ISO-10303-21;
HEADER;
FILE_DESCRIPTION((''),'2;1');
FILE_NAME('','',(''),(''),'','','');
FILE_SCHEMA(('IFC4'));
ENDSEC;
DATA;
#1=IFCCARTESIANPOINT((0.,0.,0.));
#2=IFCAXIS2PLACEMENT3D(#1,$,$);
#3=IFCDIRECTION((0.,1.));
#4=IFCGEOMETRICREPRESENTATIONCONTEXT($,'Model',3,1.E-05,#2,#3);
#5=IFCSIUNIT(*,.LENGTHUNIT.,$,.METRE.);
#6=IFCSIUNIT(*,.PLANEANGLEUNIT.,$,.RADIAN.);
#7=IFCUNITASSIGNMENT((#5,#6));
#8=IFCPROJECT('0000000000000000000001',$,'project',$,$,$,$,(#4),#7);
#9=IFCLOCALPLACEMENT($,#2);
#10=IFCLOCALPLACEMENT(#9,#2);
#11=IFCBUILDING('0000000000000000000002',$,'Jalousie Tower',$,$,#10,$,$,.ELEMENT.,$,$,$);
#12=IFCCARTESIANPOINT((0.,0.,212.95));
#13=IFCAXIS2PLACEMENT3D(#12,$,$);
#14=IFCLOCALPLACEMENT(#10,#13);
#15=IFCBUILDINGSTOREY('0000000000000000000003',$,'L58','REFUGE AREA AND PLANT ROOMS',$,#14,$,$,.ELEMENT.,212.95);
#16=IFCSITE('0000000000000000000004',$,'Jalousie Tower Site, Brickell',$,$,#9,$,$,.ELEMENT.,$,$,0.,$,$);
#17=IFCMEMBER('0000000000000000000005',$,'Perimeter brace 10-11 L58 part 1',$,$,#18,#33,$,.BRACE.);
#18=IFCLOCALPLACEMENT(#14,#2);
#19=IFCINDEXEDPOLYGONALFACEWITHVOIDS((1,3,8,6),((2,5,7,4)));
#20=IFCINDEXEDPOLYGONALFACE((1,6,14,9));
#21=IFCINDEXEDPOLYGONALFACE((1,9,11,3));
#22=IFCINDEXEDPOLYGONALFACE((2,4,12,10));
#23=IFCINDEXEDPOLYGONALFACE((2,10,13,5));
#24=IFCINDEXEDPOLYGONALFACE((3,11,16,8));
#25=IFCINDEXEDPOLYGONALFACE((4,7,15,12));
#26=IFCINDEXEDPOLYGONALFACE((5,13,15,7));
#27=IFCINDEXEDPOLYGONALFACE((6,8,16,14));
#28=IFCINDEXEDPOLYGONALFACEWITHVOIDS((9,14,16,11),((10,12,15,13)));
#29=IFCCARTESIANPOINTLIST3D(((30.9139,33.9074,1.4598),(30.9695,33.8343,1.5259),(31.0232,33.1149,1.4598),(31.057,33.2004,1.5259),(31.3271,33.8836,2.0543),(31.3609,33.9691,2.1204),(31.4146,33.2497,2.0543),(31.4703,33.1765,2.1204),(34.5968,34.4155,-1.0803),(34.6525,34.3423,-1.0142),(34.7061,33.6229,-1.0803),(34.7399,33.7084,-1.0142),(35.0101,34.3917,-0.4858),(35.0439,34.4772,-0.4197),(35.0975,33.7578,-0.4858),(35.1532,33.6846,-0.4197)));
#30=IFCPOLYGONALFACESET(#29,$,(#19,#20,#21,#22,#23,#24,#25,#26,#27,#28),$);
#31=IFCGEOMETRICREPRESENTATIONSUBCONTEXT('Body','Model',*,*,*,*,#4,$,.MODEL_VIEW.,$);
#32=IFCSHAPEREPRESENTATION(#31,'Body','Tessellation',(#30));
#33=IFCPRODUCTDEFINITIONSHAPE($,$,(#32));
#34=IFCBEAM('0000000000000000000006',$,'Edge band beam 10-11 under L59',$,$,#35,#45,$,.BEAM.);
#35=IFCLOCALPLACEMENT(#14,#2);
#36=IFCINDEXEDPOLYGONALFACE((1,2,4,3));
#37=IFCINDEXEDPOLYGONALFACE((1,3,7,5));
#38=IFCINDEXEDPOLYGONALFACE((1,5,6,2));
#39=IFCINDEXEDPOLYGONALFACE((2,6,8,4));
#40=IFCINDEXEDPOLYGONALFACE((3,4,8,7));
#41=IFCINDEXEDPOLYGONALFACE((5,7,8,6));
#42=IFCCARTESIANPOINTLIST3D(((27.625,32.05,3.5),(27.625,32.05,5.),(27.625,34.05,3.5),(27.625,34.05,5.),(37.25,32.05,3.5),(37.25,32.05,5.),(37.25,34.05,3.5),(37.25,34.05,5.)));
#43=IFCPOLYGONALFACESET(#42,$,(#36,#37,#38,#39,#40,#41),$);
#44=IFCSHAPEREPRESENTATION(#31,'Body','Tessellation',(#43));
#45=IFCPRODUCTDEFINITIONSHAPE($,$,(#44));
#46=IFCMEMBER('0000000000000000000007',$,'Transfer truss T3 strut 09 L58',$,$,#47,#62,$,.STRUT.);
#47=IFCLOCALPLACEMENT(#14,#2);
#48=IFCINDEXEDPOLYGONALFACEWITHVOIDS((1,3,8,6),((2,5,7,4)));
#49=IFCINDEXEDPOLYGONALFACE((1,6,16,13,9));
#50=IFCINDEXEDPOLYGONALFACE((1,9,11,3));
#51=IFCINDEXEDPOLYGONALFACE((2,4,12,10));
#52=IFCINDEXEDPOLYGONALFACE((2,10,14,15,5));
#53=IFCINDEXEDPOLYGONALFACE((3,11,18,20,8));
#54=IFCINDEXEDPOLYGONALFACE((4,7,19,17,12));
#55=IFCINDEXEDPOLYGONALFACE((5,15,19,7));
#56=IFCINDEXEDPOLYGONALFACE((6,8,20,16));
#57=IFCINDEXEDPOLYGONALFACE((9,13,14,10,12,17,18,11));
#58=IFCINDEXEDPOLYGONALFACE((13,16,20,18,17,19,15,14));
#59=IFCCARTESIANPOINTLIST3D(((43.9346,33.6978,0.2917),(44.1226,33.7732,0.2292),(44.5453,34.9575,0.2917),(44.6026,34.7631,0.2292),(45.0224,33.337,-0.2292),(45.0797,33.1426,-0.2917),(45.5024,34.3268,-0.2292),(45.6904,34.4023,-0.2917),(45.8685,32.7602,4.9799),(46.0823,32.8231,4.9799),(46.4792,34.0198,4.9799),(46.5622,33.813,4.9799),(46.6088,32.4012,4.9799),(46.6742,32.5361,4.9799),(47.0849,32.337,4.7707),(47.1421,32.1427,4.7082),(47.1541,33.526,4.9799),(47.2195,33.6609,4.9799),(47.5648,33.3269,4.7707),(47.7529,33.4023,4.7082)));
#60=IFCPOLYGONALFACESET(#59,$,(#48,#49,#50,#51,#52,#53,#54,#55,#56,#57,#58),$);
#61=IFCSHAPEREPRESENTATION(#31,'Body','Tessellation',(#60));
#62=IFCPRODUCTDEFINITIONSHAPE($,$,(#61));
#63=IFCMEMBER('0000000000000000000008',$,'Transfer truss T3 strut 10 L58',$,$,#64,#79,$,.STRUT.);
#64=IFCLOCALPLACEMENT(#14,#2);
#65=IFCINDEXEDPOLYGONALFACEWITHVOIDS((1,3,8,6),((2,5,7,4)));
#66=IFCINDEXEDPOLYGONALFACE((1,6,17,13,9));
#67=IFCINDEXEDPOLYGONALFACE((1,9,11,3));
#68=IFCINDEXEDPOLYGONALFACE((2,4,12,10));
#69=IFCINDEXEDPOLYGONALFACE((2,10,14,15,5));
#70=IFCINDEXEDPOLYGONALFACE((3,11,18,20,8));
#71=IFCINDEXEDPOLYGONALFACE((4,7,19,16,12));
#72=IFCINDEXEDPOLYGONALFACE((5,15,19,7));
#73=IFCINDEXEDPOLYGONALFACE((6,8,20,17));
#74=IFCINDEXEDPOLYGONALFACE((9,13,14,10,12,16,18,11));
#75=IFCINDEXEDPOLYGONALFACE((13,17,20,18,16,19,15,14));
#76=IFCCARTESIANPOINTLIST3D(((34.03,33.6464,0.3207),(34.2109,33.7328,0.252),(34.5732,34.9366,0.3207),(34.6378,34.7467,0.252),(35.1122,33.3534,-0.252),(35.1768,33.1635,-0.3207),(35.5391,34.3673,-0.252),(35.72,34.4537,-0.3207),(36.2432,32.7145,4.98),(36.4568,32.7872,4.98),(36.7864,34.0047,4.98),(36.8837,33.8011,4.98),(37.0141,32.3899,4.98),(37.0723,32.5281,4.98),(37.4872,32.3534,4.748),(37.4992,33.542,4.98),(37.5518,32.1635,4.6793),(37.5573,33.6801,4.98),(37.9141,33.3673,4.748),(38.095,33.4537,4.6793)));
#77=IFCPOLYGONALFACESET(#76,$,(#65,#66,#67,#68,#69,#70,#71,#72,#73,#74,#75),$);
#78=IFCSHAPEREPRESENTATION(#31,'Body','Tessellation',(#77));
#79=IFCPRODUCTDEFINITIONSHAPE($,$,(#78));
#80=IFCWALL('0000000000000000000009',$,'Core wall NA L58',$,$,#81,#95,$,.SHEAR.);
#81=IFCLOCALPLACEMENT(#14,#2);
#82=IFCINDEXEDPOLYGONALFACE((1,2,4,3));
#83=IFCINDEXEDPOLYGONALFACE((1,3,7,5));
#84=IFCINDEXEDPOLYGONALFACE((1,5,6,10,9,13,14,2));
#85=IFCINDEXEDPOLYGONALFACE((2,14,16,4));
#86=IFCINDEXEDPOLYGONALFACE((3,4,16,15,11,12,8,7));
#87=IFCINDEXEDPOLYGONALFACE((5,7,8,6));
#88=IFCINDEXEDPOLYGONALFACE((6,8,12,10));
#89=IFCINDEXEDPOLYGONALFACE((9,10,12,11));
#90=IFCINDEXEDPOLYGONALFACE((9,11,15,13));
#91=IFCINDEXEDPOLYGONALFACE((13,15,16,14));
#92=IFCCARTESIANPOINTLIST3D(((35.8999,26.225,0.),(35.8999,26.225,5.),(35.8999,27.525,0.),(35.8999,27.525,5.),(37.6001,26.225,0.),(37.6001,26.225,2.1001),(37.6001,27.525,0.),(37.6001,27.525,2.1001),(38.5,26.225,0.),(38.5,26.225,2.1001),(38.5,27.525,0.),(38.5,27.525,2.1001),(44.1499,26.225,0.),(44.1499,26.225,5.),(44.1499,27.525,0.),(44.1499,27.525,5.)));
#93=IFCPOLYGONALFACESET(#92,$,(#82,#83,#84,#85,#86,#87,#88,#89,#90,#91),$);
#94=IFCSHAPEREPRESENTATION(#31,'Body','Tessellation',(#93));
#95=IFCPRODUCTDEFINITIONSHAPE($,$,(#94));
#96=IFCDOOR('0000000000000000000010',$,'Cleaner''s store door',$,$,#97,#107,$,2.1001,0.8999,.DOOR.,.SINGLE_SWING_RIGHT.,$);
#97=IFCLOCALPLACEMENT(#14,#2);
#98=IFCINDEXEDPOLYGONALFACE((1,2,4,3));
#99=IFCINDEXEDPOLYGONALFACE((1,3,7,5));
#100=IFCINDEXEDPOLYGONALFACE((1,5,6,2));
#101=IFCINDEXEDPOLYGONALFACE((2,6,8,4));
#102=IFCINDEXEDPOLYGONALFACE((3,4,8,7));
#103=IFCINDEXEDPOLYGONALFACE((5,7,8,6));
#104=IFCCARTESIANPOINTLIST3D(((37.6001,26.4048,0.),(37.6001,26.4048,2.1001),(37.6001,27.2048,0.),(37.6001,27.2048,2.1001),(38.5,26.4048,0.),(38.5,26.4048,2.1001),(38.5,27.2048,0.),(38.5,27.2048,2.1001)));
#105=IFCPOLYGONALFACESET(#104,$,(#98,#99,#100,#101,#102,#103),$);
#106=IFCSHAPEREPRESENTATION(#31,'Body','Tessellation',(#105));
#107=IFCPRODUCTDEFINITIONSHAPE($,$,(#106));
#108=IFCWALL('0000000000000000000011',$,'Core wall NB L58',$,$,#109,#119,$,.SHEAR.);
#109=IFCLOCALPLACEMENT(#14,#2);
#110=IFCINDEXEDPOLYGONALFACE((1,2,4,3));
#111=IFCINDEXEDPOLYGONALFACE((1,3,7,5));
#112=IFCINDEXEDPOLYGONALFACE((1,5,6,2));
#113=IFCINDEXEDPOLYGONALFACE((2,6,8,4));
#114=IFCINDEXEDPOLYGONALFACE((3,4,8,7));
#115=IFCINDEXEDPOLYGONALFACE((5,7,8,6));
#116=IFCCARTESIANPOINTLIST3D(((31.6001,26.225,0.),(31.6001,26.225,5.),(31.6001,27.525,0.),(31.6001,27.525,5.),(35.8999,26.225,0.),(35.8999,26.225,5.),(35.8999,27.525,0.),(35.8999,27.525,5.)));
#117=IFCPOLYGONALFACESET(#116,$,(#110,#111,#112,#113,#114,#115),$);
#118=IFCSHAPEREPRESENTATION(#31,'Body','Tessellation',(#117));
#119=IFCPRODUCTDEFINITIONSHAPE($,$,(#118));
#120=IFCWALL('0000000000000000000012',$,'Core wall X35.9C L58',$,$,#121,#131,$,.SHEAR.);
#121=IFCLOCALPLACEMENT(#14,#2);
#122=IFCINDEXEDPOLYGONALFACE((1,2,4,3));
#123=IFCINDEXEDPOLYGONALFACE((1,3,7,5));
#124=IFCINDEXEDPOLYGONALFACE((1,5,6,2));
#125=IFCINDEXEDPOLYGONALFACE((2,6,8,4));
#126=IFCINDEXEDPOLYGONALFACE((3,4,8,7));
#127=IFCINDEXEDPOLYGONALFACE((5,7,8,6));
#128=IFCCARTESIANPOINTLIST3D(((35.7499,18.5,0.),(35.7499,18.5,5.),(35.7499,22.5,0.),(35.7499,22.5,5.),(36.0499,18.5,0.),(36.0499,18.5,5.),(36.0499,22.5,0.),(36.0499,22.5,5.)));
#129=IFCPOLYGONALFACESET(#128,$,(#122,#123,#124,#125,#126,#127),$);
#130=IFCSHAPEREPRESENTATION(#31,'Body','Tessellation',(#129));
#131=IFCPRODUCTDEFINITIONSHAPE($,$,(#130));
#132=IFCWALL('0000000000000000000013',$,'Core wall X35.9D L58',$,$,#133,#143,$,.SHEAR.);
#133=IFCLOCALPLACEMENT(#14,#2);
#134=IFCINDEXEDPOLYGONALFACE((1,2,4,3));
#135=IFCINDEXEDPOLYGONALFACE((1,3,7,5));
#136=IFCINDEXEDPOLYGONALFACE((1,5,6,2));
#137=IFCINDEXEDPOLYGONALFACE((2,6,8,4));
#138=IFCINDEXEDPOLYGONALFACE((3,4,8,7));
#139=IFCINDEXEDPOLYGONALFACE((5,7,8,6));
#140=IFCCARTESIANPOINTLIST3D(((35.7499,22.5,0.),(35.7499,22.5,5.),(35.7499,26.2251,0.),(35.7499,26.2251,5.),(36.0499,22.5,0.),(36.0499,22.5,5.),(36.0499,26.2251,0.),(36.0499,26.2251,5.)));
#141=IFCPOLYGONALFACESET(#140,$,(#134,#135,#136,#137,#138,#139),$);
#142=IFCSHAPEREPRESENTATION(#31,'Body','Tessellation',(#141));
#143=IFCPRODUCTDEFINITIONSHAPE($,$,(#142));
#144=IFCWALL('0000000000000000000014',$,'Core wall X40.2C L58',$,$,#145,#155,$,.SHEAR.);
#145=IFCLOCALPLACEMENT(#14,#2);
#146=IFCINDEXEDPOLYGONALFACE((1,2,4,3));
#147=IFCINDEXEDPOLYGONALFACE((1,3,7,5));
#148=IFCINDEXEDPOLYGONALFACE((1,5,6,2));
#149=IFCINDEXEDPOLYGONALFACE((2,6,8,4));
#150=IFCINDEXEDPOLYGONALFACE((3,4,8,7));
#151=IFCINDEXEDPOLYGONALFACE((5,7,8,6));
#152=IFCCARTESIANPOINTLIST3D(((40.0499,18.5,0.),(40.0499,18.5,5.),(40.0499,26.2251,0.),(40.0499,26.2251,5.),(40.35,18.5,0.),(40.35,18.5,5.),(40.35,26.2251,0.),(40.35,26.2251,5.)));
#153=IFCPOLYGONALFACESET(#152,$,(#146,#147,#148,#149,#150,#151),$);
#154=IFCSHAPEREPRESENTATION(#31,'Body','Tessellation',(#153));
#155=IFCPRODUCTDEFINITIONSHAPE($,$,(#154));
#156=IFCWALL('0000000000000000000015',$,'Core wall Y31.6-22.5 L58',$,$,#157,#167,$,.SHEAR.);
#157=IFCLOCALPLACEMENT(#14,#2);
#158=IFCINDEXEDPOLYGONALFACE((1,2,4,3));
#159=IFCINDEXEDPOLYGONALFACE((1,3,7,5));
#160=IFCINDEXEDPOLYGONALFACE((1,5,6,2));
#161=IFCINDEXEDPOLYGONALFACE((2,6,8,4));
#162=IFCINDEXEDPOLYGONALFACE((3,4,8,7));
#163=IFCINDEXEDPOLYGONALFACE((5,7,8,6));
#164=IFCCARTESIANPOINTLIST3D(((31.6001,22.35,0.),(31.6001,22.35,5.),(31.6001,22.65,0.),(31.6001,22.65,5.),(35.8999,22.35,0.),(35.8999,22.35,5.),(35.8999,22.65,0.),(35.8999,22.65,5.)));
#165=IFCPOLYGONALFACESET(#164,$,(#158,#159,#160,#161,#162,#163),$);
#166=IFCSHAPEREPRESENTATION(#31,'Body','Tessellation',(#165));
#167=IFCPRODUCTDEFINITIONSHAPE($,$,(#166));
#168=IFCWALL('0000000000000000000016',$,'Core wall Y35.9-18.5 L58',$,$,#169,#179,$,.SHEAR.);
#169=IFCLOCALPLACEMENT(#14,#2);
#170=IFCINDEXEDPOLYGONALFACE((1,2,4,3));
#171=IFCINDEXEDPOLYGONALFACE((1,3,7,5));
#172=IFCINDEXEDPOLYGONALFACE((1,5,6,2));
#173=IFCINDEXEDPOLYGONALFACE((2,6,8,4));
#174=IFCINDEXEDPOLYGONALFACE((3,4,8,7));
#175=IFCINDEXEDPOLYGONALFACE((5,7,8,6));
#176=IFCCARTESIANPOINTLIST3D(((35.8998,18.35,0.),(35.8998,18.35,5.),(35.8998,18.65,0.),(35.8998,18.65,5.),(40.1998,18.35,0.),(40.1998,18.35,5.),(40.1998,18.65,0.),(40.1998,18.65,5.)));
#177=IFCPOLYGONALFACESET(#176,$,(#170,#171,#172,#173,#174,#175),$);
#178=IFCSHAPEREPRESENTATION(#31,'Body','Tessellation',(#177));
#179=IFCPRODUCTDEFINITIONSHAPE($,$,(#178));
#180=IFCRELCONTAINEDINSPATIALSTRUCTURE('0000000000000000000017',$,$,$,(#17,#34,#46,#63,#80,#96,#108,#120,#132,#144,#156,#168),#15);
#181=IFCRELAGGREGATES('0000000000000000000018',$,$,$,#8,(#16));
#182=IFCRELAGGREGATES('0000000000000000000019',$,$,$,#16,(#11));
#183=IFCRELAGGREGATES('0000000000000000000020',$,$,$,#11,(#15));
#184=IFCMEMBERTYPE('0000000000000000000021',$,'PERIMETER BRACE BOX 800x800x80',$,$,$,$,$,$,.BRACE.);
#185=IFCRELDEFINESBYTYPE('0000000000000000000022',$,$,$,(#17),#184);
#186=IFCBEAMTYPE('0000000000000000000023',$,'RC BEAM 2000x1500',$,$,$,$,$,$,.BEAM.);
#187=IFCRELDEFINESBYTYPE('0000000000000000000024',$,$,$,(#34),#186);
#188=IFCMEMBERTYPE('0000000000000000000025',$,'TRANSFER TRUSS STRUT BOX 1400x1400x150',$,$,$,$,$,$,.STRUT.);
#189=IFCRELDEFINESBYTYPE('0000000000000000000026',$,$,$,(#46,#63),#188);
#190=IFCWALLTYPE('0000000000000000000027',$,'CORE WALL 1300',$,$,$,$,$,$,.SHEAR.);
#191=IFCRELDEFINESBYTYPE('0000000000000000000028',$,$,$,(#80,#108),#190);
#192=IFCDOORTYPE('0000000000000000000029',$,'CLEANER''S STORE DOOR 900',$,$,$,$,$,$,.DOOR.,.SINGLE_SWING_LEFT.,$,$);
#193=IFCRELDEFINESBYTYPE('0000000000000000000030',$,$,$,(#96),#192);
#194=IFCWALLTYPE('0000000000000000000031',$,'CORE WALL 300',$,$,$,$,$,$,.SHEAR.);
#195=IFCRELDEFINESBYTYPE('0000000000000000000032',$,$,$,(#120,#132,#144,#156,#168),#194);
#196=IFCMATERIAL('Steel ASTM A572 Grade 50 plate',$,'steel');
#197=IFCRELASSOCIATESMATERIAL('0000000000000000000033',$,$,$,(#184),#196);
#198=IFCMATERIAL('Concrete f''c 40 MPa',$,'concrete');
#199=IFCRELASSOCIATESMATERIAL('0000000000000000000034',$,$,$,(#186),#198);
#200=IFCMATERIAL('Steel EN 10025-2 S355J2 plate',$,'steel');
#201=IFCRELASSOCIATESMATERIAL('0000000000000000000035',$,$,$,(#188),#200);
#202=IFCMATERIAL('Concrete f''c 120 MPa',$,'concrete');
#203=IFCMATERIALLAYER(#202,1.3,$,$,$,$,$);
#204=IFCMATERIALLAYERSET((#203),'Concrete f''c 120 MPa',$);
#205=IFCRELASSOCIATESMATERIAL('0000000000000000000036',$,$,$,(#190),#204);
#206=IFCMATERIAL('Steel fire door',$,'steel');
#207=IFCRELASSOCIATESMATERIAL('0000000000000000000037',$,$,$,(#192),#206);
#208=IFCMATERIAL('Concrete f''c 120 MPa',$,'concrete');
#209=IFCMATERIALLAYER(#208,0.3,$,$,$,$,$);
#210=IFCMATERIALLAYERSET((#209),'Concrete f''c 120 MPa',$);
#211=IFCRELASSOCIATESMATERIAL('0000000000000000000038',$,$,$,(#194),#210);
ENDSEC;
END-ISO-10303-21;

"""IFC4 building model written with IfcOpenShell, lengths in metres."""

from ifc_helpers import new_model, si_unit, direction, frame, frame_2d, origin, origin_2d, place, context, subcontext, project, spatial, rectangle, hollow_rectangle, extrude, clip, halfspace, material, layer, layer_set, material_profile, profile_set, type_object, element, fill, save


model = new_model("IFC4")

# Units and contexts
model_context = context("Model", 3, precision=1e-05, world=origin(), true_north=direction((0.0, 1.0)))
body_context = subcontext(model_context, "Body", "Model", "MODEL_VIEW")
ifc_project = project(units=[si_unit("LENGTHUNIT", "METRE"), si_unit("PLANEANGLEUNIT", "RADIAN")], contexts=[model_context])

# Site, building, storey
site_placement = place(None, origin())
site = spatial("IfcSite", under=ifc_project, at=site_placement, Name="Jalousie Tower Site, Brickell", CompositionType="ELEMENT", RefElevation=0.0)
building_placement = place(site_placement, origin())
building = spatial("IfcBuilding", under=site, at=building_placement, Name="Jalousie Tower", CompositionType="ELEMENT")
storey_placement = place(building_placement, frame((0.0, 0.0, 212.95)))
storey = spatial("IfcBuildingStorey", under=building, at=storey_placement, Name="L58", Description="REFUGE AREA AND PLANT ROOMS", CompositionType="ELEMENT", Elevation=212.95)

# Member
ifc_material_1 = material(Name="Steel ASTM A572 Grade 50 plate", Category="steel")
ifc_material_profile_1 = material_profile(ifc_material_1, hollow_rectangle(XDim=0.8, YDim=0.8, WallThickness=0.0801, at=origin_2d()), Name="BOX 800x800x80")
ifc_profile_set_1 = profile_set([ifc_material_profile_1], Name="Steel ASTM A572 Grade 50 plate")
member_type_1 = type_object("IfcMemberType", Name="PERIMETER BRACE BOX 800x800x80", PredefinedType="BRACE", material=ifc_profile_set_1)
member_1_placement = place(storey_placement, frame((34.875, 34.05, -0.75), z_axis=(-0.817941, -0.112836, 0.564127), x_axis=(0.136657, -0.990618, 0.0)))
element("IfcMember", 1, at=member_1_placement, inside=storey, type_object=member_type_1, Name="Perimeter brace 10-11 L58 part 1", PredefinedType="BRACE", context=body_context, shape_type="SweptSolid", body=[
    extrude(hollow_rectangle(XDim=0.8, YDim=0.8, WallThickness=0.0801, at=origin_2d()), origin(), (0.0, 0.0, 1.0), 4.5027),
])

# Beam
ifc_material_2 = material(Name="Concrete f'c 40 MPa", Category="concrete")
ifc_material_profile_2 = material_profile(ifc_material_2, rectangle(XDim=2.0, YDim=1.5, at=origin_2d()), Name="RC 2000x1500")
ifc_profile_set_2 = profile_set([ifc_material_profile_2], Name="Concrete f'c 40 MPa")
beam_type_1 = type_object("IfcBeamType", Name="RC BEAM 2000x1500", PredefinedType="BEAM", material=ifc_profile_set_2)
beam_1_placement = place(storey_placement, frame((37.25, 33.05, 4.25), z_axis=(-1.0, 0.0, 0.0), x_axis=(0.0, -1.0, 0.0)))
element("IfcBeam", 2, at=beam_1_placement, inside=storey, type_object=beam_type_1, Name="Edge band beam 10-11 under L59", PredefinedType="BEAM", context=body_context, shape_type="SweptSolid", body=[
    extrude(rectangle(XDim=2.0, YDim=1.5, at=origin_2d()), origin(), (0.0, 0.0, 1.0), 9.625),
])

# Members
ifc_material_3 = material(Name="Steel EN 10025-2 S355J2 plate", Category="steel")
ifc_material_profile_3 = material_profile(ifc_material_3, hollow_rectangle(XDim=1.3999, YDim=1.3999, WallThickness=0.1499, at=origin_2d()), Name="BOX 1400x1400x150")
ifc_profile_set_3 = profile_set([ifc_material_profile_3], Name="Steel EN 10025-2 S355J2 plate")
member_type_2 = type_object("IfcMemberType", Name="TRANSFER TRUSS STRUT BOX 1400x1400x150", PredefinedType="STRUT", material=ifc_profile_set_3)
member_2_placement = place(storey_placement, frame((44.8125, 34.05, 0.0), z_axis=(0.374976, -0.181806, 0.909032), x_axis=(0.436274, 0.899814, 0.0)))
element("IfcMember", 3, at=member_2_placement, inside=storey, type_object=member_type_2, Name="Transfer truss T3 strut 09 L58", PredefinedType="STRUT", context=body_context, shape_type="Clipping", body=[
    clip(extrude(hollow_rectangle(XDim=1.3999, YDim=1.3999, WallThickness=0.1499, at=origin_2d()), origin(), (0.0, 0.0, 1.0), 5.5002), halfspace(frame((0.0, 0.0, 5.4783), z_axis=(0.0, 0.416726, 0.909032)), False)),
])
member_3_placement = place(storey_placement, frame((34.875, 34.05, 0.0), z_axis=(0.422222, -0.177778, 0.888889), x_axis=(0.388057, 0.921635, 0.0)))
element("IfcMember", 4, at=member_3_placement, inside=storey, type_object=member_type_2, Name="Transfer truss T3 strut 10 L58", PredefinedType="STRUT", context=body_context, shape_type="Clipping", body=[
    clip(extrude(hollow_rectangle(XDim=1.3999, YDim=1.3999, WallThickness=0.1499, at=origin_2d()), origin(), (0.0, 0.0, 1.0), 5.625), halfspace(frame((0.0, 0.0, 5.6025), z_axis=(0.0, 0.458123, 0.888889)), False)),
])

# Wall, opening, door
ifc_material_4 = material(Name="Concrete f'c 120 MPa", Category="concrete")
ifc_layer_1 = layer(ifc_material_4, 1.3)
ifc_layer_set_1 = layer_set([ifc_layer_1], Name="Concrete f'c 120 MPa")
wall_type_1 = type_object("IfcWallType", Name="CORE WALL 1300", PredefinedType="SHEAR", material=ifc_layer_set_1)
wall_1_placement = place(storey_placement, frame((44.1499, 26.875, 0.0), z_axis=(0.0, 0.0, 1.0), x_axis=(-1.0, 0.0, 0.0)))
wall_1 = element("IfcWall", 5, at=wall_1_placement, inside=storey, type_object=wall_type_1, Name="Core wall NA L58", PredefinedType="SHEAR", context=body_context, shape_type="SweptSolid", body=[
    extrude(rectangle(XDim=8.25, YDim=1.3, at=frame_2d((4.125, 0.0))), origin(), (0.0, 0.0, 1.0), 5.0),
])
opening_1_placement = place(wall_1_placement, frame((5.6499, 0.0, 0.0)))
opening_1 = element("IfcOpeningElement", 6, at=opening_1_placement, cuts=wall_1, PredefinedType="OPENING", context=body_context, shape_type="SweptSolid", body=[
    extrude(rectangle(XDim=0.8999, YDim=2.1001, at=frame_2d((0.45, 1.05))), frame((0.0, 0.6599, 0.0), z_axis=(0.0, -1.0, 0.0), x_axis=(1.0, 0.0, 0.0)), (0.0, 0.0, 1.0), 1.3201),
])
ifc_material_5 = material(Name="Steel fire door", Category="steel")
door_type_1 = type_object("IfcDoorType", Name="CLEANER'S STORE DOOR 900", OperationType="SINGLE_SWING_LEFT", PredefinedType="DOOR", material=ifc_material_5)
door_1_placement = place(opening_1_placement, origin())
door_1 = element("IfcDoor", 7, at=door_1_placement, inside=storey, type_object=door_type_1, Name="Cleaner's store door", OperationType="SINGLE_SWING_RIGHT", OverallHeight=2.1001, OverallWidth=0.8999, PredefinedType="DOOR", context=body_context, shape_type="SweptSolid", body=[
    extrude(rectangle(XDim=0.8999, YDim=2.1001, at=frame_2d((0.45, 1.05))), frame((0.0, 0.4702, 0.0), z_axis=(0.0, -1.0, 0.0), x_axis=(1.0, 0.0, 0.0)), (0.0, 0.0, 1.0), 0.8),
])
fill(opening_1, door_1)

# Walls
wall_2_placement = place(storey_placement, frame((35.8999, 26.875, 0.0), z_axis=(0.0, 0.0, 1.0), x_axis=(-1.0, 0.0, 0.0)))
element("IfcWall", 8, at=wall_2_placement, inside=storey, type_object=wall_type_1, Name="Core wall NB L58", PredefinedType="SHEAR", context=body_context, shape_type="SweptSolid", body=[
    extrude(rectangle(XDim=4.2998, YDim=1.3, at=frame_2d((2.1499, 0.0))), origin(), (0.0, 0.0, 1.0), 5.0),
])
ifc_material_6 = material(Name="Concrete f'c 120 MPa", Category="concrete")
ifc_layer_2 = layer(ifc_material_6, 0.3)
ifc_layer_set_2 = layer_set([ifc_layer_2], Name="Concrete f'c 120 MPa")
wall_type_2 = type_object("IfcWallType", Name="CORE WALL 300", PredefinedType="SHEAR", material=ifc_layer_set_2)
wall_3_placement = place(storey_placement, frame((35.8999, 18.5, 0.0), z_axis=(0.0, 0.0, 1.0), x_axis=(0.0, 1.0, 0.0)))
element("IfcWall", 9, at=wall_3_placement, inside=storey, type_object=wall_type_2, Name="Core wall X35.9C L58", PredefinedType="SHEAR", context=body_context, shape_type="SweptSolid", body=[
    extrude(rectangle(XDim=4.0, YDim=0.3, at=frame_2d((2.0, 0.0))), origin(), (0.0, 0.0, 1.0), 5.0),
])
wall_4_placement = place(storey_placement, frame((35.8999, 22.5, 0.0), z_axis=(0.0, 0.0, 1.0), x_axis=(0.0, 1.0, 0.0)))
element("IfcWall", 10, at=wall_4_placement, inside=storey, type_object=wall_type_2, Name="Core wall X35.9D L58", PredefinedType="SHEAR", context=body_context, shape_type="SweptSolid", body=[
    extrude(rectangle(XDim=3.7251, YDim=0.3, at=frame_2d((1.8625, 0.0))), origin(), (0.0, 0.0, 1.0), 5.0),
])
wall_5_placement = place(storey_placement, frame((40.2, 18.5, 0.0), z_axis=(0.0, 0.0, 1.0), x_axis=(0.0, 1.0, 0.0)))
element("IfcWall", 11, at=wall_5_placement, inside=storey, type_object=wall_type_2, Name="Core wall X40.2C L58", PredefinedType="SHEAR", context=body_context, shape_type="SweptSolid", body=[
    extrude(rectangle(XDim=7.7251, YDim=0.3, at=frame_2d((3.8625, 0.0))), origin(), (0.0, 0.0, 1.0), 5.0),
])
wall_6_placement = place(storey_placement, frame((31.6001, 22.5, 0.0), z_axis=(0.0, 0.0, 1.0), x_axis=(1.0, 0.0, 0.0)))
element("IfcWall", 12, at=wall_6_placement, inside=storey, type_object=wall_type_2, Name="Core wall Y31.6-22.5 L58", PredefinedType="SHEAR", context=body_context, shape_type="SweptSolid", body=[
    extrude(rectangle(XDim=4.2998, YDim=0.3, at=frame_2d((2.1499, 0.0))), origin(), (0.0, 0.0, 1.0), 5.0),
])
wall_7_placement = place(storey_placement, frame((35.8999, 18.5, 0.0), z_axis=(0.0, 0.0, 1.0), x_axis=(1.0, 0.0, 0.0)))
element("IfcWall", 13, at=wall_7_placement, inside=storey, type_object=wall_type_2, Name="Core wall Y35.9-18.5 L58", PredefinedType="SHEAR", context=body_context, shape_type="SweptSolid", body=[
    extrude(rectangle(XDim=4.3, YDim=0.3, at=frame_2d((2.1499, 0.0))), origin(), (0.0, 0.0, 1.0), 5.0),
])

save(model, "model.ifc")
